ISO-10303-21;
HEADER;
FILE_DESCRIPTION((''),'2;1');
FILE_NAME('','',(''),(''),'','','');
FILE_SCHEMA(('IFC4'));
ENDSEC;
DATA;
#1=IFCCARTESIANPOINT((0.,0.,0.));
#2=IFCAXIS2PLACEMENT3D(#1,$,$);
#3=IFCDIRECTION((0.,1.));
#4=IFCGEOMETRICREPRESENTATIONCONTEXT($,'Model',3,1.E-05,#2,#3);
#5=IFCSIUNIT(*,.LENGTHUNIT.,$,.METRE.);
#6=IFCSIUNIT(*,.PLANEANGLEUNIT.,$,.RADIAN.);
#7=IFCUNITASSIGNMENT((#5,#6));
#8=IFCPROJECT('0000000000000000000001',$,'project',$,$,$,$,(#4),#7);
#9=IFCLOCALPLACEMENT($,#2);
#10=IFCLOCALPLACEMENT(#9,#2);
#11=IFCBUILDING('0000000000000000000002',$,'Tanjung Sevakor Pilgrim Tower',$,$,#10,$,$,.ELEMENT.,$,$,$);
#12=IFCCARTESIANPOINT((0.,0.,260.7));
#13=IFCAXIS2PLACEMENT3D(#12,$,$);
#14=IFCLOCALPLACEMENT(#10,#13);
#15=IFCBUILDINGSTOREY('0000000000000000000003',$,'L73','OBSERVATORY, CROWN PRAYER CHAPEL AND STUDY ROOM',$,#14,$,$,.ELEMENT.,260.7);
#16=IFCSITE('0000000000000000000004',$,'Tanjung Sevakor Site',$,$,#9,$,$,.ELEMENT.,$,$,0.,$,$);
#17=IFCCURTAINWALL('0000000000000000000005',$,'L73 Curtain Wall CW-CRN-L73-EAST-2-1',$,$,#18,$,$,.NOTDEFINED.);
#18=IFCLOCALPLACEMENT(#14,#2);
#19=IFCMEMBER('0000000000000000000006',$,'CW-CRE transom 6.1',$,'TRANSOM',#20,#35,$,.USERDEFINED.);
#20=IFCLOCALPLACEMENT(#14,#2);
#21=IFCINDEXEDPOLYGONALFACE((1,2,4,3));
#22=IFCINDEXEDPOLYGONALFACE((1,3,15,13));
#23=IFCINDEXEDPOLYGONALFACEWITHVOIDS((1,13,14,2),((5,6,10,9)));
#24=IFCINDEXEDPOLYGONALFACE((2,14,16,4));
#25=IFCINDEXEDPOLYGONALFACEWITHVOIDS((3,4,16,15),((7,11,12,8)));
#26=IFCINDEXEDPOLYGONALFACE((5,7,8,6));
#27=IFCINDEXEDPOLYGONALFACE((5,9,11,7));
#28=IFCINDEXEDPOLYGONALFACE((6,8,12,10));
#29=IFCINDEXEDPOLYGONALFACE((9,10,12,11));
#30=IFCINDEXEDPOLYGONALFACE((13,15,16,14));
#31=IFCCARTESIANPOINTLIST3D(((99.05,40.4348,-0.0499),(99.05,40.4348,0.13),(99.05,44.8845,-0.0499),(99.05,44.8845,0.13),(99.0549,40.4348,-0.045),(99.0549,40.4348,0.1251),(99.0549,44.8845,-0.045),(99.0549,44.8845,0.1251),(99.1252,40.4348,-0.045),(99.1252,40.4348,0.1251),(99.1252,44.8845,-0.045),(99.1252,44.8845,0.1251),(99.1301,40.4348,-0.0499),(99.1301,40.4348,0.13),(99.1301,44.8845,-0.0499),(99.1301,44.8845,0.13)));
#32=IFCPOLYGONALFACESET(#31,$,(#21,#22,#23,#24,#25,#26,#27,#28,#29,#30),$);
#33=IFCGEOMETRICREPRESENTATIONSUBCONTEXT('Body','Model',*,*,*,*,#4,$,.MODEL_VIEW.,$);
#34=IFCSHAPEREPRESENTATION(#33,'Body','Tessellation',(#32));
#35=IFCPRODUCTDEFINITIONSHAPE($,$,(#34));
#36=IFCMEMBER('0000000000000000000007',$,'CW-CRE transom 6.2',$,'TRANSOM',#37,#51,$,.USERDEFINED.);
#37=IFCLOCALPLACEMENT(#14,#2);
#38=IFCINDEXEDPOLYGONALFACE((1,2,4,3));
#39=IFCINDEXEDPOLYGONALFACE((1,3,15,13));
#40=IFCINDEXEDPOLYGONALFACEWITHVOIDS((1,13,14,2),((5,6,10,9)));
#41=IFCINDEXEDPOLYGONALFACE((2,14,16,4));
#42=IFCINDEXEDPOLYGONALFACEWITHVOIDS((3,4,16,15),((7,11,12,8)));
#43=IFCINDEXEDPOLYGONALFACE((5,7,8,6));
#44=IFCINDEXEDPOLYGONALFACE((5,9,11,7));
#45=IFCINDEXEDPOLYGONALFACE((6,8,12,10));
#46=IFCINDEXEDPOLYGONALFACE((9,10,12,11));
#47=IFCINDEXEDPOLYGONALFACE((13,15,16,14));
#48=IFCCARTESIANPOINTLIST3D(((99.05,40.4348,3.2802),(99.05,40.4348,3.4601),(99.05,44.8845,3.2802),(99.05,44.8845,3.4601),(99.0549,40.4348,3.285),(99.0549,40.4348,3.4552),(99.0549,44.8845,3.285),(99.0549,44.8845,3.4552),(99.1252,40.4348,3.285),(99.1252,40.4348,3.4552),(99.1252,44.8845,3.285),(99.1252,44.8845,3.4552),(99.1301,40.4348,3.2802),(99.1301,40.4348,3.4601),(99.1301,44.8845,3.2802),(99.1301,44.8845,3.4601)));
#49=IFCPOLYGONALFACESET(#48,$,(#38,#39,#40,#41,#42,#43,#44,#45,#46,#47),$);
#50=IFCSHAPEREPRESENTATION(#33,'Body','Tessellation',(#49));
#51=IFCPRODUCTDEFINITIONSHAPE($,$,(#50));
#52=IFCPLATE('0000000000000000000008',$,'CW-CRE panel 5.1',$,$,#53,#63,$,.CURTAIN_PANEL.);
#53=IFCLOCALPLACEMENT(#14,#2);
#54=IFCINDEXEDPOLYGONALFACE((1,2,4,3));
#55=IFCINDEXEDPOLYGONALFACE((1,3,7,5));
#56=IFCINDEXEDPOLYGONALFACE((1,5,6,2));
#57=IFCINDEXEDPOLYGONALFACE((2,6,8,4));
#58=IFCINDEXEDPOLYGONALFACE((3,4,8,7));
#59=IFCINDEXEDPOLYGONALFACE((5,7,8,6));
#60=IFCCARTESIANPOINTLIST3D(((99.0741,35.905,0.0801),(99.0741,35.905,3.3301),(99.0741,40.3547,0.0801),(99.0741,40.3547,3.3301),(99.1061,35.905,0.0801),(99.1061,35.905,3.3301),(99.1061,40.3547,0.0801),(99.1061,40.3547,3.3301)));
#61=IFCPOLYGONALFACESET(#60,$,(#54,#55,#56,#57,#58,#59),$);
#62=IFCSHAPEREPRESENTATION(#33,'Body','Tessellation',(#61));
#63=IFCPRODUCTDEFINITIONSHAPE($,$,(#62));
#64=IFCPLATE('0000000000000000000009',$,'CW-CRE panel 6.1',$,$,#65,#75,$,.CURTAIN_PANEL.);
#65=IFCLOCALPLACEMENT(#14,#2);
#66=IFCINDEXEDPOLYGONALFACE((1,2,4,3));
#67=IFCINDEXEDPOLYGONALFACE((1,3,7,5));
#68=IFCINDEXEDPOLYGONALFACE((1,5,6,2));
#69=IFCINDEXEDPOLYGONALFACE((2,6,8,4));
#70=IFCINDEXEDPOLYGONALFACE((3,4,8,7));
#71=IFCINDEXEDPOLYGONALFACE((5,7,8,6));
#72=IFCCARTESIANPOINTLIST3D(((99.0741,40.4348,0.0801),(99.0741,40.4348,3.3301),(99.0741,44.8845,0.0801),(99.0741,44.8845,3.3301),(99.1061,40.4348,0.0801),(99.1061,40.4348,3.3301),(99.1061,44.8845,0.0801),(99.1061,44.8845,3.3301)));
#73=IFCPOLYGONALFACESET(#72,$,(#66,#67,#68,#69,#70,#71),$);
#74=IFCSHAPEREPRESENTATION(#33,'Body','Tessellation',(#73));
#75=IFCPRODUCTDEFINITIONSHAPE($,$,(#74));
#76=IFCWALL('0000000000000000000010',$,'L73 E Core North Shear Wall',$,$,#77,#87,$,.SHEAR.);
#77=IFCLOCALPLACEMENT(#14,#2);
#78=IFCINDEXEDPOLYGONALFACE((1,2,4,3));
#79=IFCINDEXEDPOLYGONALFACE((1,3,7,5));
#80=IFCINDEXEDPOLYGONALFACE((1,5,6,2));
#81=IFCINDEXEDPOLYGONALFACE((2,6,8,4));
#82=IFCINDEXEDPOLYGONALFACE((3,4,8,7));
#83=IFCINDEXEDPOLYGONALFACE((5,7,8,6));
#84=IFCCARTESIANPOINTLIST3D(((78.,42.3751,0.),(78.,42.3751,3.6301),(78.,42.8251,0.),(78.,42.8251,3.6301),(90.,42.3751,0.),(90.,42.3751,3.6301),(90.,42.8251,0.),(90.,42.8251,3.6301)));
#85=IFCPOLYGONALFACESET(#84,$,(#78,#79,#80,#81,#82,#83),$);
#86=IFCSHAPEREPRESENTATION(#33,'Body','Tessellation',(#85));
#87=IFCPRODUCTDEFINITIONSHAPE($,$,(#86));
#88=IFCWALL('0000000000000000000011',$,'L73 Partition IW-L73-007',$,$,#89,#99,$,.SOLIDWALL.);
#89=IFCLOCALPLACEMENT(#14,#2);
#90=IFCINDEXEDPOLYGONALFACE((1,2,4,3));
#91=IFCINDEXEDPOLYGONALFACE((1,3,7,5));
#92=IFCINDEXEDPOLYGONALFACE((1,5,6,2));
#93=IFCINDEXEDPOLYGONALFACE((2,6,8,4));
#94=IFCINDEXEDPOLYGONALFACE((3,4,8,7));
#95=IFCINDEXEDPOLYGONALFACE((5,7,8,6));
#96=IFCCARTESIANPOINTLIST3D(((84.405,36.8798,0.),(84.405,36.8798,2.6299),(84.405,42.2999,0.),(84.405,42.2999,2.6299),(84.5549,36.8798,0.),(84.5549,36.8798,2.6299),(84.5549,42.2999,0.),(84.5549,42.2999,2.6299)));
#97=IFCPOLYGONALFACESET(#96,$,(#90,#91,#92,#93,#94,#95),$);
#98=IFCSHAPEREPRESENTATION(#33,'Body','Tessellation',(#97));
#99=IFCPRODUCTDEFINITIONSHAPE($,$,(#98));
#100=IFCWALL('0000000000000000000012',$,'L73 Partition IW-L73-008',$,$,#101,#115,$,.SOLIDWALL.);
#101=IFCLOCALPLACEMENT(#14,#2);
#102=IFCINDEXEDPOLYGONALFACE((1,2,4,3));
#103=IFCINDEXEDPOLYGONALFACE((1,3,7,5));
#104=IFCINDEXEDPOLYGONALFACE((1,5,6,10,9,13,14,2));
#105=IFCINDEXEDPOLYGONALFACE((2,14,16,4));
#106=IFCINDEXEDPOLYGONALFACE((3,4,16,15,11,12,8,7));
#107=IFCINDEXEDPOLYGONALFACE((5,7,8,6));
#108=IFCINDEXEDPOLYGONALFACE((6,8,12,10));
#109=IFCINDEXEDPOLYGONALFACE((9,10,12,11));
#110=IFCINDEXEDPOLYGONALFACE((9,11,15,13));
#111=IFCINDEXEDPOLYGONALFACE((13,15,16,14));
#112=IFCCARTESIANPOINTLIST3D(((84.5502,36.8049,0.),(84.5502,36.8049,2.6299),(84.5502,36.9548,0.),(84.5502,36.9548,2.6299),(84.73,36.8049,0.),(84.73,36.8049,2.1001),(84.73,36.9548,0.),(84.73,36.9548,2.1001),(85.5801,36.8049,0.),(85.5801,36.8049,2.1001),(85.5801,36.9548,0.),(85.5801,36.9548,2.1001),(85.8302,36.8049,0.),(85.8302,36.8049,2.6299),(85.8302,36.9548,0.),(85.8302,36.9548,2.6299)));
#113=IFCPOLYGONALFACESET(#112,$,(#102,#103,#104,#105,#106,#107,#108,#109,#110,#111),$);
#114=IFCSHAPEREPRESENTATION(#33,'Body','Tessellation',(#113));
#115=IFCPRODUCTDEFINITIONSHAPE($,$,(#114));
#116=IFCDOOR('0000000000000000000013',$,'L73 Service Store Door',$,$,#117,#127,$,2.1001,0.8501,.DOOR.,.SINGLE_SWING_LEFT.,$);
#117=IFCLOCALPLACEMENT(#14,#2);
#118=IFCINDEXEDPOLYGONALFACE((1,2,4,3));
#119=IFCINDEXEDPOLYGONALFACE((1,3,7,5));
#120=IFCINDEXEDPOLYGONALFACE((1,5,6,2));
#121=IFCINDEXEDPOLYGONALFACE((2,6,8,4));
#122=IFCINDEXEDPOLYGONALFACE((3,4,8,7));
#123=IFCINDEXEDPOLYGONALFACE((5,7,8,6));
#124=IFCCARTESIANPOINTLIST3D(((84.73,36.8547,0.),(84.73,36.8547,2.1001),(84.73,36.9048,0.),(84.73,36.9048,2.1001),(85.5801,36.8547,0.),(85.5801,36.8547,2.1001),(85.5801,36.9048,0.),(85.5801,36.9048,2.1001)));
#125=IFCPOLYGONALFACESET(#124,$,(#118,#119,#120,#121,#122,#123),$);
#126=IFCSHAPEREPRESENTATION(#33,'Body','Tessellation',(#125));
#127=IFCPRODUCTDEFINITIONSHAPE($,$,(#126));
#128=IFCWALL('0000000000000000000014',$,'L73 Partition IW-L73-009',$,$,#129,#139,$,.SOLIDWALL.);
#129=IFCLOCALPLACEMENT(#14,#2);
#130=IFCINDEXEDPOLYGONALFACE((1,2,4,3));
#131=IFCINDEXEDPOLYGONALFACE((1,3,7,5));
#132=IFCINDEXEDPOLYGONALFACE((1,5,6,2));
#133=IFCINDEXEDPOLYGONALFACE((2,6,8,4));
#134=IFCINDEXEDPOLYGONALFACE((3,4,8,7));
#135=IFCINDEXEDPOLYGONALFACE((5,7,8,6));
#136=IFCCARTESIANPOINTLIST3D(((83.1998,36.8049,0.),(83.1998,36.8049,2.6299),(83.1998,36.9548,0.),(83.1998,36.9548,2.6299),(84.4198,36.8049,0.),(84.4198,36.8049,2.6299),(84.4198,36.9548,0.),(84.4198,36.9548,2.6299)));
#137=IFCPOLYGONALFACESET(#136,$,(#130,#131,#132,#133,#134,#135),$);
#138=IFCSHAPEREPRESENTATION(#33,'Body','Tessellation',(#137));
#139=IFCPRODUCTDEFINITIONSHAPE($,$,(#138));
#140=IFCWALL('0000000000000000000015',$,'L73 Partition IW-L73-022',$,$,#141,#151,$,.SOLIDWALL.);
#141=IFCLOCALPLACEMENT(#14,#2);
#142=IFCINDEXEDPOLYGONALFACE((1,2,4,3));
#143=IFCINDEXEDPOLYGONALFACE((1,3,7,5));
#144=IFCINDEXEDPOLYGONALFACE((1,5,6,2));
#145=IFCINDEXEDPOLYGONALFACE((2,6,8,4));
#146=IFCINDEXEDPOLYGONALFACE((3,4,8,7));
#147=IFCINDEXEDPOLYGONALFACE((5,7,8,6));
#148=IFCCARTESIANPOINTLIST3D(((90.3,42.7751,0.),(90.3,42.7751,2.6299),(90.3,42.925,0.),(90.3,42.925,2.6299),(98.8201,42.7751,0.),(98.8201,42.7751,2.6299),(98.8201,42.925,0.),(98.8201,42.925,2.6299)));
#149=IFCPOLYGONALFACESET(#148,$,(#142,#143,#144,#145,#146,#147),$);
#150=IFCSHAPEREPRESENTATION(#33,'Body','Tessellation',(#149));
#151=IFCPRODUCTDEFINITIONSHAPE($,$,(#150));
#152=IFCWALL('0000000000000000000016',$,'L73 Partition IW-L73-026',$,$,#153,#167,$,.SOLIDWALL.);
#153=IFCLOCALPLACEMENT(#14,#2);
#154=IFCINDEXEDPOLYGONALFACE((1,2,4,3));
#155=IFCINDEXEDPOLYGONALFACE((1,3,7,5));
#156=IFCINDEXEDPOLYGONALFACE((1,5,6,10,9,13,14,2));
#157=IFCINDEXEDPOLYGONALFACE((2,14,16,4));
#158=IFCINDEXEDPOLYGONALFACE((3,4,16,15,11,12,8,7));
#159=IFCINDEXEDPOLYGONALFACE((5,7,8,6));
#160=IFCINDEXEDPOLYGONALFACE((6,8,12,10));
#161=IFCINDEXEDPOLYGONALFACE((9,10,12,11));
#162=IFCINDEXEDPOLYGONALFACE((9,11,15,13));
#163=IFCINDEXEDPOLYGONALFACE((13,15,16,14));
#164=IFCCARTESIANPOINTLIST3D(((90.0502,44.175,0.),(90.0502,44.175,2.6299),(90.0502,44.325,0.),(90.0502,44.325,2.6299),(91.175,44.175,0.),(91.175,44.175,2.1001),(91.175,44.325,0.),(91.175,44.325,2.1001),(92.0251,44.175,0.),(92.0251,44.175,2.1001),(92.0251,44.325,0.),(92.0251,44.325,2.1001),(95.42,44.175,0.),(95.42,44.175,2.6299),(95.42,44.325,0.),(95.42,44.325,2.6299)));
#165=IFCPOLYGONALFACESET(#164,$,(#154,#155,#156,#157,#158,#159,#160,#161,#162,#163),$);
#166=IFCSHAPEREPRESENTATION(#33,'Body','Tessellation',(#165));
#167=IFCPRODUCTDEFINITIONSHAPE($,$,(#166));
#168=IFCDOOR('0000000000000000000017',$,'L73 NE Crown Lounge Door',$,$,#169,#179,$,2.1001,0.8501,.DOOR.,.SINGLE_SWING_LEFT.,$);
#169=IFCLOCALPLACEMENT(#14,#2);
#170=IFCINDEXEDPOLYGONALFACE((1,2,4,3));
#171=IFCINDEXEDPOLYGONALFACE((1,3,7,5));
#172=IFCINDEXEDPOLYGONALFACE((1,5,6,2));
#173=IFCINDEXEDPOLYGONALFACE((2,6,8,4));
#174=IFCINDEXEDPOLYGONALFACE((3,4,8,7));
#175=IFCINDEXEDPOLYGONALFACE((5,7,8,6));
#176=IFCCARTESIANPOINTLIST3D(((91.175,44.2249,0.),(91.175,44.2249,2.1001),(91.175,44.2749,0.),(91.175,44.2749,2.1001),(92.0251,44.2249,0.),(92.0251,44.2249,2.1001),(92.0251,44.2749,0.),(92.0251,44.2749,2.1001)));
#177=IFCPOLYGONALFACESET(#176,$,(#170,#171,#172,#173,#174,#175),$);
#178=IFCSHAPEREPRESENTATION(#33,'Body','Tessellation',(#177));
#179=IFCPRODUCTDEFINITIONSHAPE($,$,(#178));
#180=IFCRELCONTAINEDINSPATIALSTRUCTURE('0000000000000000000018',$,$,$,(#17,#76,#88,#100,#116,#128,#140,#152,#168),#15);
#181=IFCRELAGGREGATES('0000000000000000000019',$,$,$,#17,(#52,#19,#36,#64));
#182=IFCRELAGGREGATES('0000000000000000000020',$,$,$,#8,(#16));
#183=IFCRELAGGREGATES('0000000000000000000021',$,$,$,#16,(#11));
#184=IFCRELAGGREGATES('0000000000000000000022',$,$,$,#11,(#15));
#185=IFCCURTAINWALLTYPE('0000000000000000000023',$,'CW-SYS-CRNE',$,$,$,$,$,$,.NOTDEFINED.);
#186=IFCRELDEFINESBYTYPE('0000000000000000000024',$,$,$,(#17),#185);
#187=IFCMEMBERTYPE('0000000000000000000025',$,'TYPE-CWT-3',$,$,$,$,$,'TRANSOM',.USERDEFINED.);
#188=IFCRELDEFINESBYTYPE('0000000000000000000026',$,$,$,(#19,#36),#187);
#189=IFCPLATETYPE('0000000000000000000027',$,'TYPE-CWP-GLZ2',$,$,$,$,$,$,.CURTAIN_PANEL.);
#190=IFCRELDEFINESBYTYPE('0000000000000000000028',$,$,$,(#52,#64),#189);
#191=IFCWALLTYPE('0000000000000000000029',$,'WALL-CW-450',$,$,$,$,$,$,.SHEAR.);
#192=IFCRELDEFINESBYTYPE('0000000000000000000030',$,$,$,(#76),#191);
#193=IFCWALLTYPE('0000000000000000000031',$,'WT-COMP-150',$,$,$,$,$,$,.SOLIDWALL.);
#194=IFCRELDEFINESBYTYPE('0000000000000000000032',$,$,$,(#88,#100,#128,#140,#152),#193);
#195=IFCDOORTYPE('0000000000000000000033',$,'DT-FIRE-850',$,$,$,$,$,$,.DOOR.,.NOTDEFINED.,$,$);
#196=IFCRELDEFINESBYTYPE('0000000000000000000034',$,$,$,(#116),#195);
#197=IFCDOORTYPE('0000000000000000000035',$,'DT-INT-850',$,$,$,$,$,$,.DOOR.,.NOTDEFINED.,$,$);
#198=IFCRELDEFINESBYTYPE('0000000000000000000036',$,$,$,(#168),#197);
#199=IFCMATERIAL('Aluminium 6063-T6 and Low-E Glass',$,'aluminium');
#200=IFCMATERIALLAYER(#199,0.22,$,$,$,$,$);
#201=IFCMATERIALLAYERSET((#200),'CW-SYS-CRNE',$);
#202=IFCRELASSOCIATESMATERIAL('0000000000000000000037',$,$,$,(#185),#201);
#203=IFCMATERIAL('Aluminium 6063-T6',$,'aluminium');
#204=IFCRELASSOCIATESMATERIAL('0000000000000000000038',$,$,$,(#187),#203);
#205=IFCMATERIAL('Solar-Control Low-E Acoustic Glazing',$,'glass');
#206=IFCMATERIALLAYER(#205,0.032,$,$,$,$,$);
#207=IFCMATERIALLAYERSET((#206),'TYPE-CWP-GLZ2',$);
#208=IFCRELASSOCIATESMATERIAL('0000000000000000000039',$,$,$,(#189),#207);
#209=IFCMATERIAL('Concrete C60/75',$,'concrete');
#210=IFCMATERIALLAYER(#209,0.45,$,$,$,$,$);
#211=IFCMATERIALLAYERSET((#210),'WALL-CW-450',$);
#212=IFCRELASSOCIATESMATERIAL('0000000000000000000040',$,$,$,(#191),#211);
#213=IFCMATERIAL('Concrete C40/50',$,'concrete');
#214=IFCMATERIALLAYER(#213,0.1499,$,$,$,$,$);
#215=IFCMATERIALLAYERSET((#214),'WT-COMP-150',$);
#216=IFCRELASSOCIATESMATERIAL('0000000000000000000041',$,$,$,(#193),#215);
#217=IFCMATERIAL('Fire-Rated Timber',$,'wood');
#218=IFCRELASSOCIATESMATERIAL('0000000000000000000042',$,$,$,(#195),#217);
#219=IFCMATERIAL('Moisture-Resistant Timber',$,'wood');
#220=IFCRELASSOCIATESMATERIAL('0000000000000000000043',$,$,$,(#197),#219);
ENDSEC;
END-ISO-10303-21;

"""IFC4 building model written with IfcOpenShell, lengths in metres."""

from ifc_helpers import new_model, si_unit, direction, frame, frame_2d, origin, origin_2d, place, context, subcontext, project, spatial, rectangle, hollow_rectangle, extrude, material, layer, layer_set, material_profile, profile_set, type_object, element, fill, aggregate, save


model = new_model("IFC4")

# Units and contexts
model_context = context("Model", 3, precision=1e-05, world=origin(), true_north=direction((0.0, 1.0)))
body_context = subcontext(model_context, "Body", "Model", "MODEL_VIEW")
ifc_project = project(units=[si_unit("LENGTHUNIT", "METRE"), si_unit("PLANEANGLEUNIT", "RADIAN")], contexts=[model_context])

# Site, building, storey
site_placement = place(None, origin())
site = spatial("IfcSite", under=ifc_project, at=site_placement, Name="Tanjung Sevakor Site", CompositionType="ELEMENT", RefElevation=0.0)
building_placement = place(site_placement, origin())
building = spatial("IfcBuilding", under=site, at=building_placement, Name="Tanjung Sevakor Pilgrim Tower", CompositionType="ELEMENT")
storey_placement = place(building_placement, frame((0.0, 0.0, 260.7)))
storey = spatial("IfcBuildingStorey", under=building, at=storey_placement, Name="L73", Description="OBSERVATORY, CROWN PRAYER CHAPEL AND STUDY ROOM", CompositionType="ELEMENT", Elevation=260.7)

# Curtain wall, members, plates
ifc_material_1 = material(Name="Aluminium 6063-T6 and Low-E Glass", Category="aluminium")
ifc_layer_1 = layer(ifc_material_1, 0.22)
ifc_layer_set_1 = layer_set([ifc_layer_1], Name="CW-SYS-CRNE")
curtain_wall_type = type_object("IfcCurtainWallType", Name="CW-SYS-CRNE", PredefinedType="NOTDEFINED", material=ifc_layer_set_1)
curtain_wall_placement = place(storey_placement, origin())
curtain_wall = element("IfcCurtainWall", 1, at=curtain_wall_placement, inside=storey, type_object=curtain_wall_type, Name="L73 Curtain Wall CW-CRN-L73-EAST-2-1", PredefinedType="NOTDEFINED")
ifc_material_2 = material(Name="Aluminium 6063-T6", Category="aluminium")
ifc_material_profile_1 = material_profile(ifc_material_2, hollow_rectangle(XDim=0.0801, YDim=0.1799, WallThickness=0.0049, at=origin_2d()))
ifc_profile_set_1 = profile_set([ifc_material_profile_1], Name="Aluminium 6063-T6")
member_type_1 = type_object("IfcMemberType", Name="TYPE-CWT-3", ElementType="TRANSOM", PredefinedType="USERDEFINED", material=ifc_profile_set_1)
member_1_placement = place(storey_placement, frame((99.0901, 40.4348, 0.04), z_axis=(0.0, 1.0, 0.0), x_axis=(-1.0, 0.0, 0.0)))
member_1 = element("IfcMember", 2, at=member_1_placement, type_object=member_type_1, Name="CW-CRE transom 6.1", ObjectType="TRANSOM", PredefinedType="USERDEFINED", context=body_context, shape_type="SweptSolid", body=[
    extrude(hollow_rectangle(XDim=0.0801, YDim=0.1799, WallThickness=0.0049, at=origin_2d()), origin(), (0.0, 0.0, 1.0), 4.4497),
])
member_2_placement = place(storey_placement, frame((99.0901, 40.4348, 3.3701), z_axis=(0.0, 1.0, 0.0), x_axis=(-1.0, 0.0, 0.0)))
member_2 = element("IfcMember", 3, at=member_2_placement, type_object=member_type_1, Name="CW-CRE transom 6.2", ObjectType="TRANSOM", PredefinedType="USERDEFINED", context=body_context, shape_type="SweptSolid", body=[
    extrude(hollow_rectangle(XDim=0.0801, YDim=0.1799, WallThickness=0.0049, at=origin_2d()), origin(), (0.0, 0.0, 1.0), 4.4497),
])
ifc_material_3 = material(Name="Solar-Control Low-E Acoustic Glazing", Category="glass")
ifc_layer_2 = layer(ifc_material_3, 0.032)
ifc_layer_set_2 = layer_set([ifc_layer_2], Name="TYPE-CWP-GLZ2")
plate_type = type_object("IfcPlateType", Name="TYPE-CWP-GLZ2", PredefinedType="CURTAIN_PANEL", material=ifc_layer_set_2)
plate_1_placement = place(storey_placement, frame((99.0901, 38.1299, 0.0801), z_axis=(0.0, 0.0, 1.0), x_axis=(0.0, 1.0, 0.0)))
plate_1 = element("IfcPlate", 4, at=plate_1_placement, type_object=plate_type, Name="CW-CRE panel 5.1", PredefinedType="CURTAIN_PANEL", context=body_context, shape_type="SweptSolid", body=[
    extrude(rectangle(XDim=4.4497, YDim=0.032, at=origin_2d()), origin(), (0.0, 0.0, 1.0), 3.25),
])
plate_2_placement = place(storey_placement, frame((99.0901, 42.6597, 0.0801), z_axis=(0.0, 0.0, 1.0), x_axis=(0.0, 1.0, 0.0)))
plate_2 = element("IfcPlate", 5, at=plate_2_placement, type_object=plate_type, Name="CW-CRE panel 6.1", PredefinedType="CURTAIN_PANEL", context=body_context, shape_type="SweptSolid", body=[
    extrude(rectangle(XDim=4.4497, YDim=0.032, at=origin_2d()), origin(), (0.0, 0.0, 1.0), 3.25),
])
aggregate(curtain_wall, [plate_1, member_1, member_2, plate_2])

# Walls
ifc_material_4 = material(Name="Concrete C60/75", Category="concrete")
ifc_layer_3 = layer(ifc_material_4, 0.45)
ifc_layer_set_3 = layer_set([ifc_layer_3], Name="WALL-CW-450")
wall_type_1 = type_object("IfcWallType", Name="WALL-CW-450", PredefinedType="SHEAR", material=ifc_layer_set_3)
wall_1_placement = place(storey_placement, frame((90.0, 42.6001, 0.0), z_axis=(0.0, 0.0, 1.0), x_axis=(-1.0, 0.0, 0.0)))
element("IfcWall", 6, at=wall_1_placement, inside=storey, type_object=wall_type_1, Name="L73 E Core North Shear Wall", PredefinedType="SHEAR", context=body_context, shape_type="SweptSolid", body=[
    extrude(rectangle(XDim=12.0, YDim=0.45, at=frame_2d((6.0, 0.0))), origin(), (0.0, 0.0, 1.0), 3.6301),
])
ifc_material_5 = material(Name="Concrete C40/50", Category="concrete")
ifc_layer_4 = layer(ifc_material_5, 0.1499)
ifc_layer_set_4 = layer_set([ifc_layer_4], Name="WT-COMP-150")
wall_type_2 = type_object("IfcWallType", Name="WT-COMP-150", PredefinedType="SOLIDWALL", material=ifc_layer_set_4)
wall_2_placement = place(storey_placement, frame((84.48, 36.8799, 0.0), z_axis=(0.0, 0.0, 1.0), x_axis=(0.0, 1.0, 0.0)))
element("IfcWall", 7, at=wall_2_placement, inside=storey, type_object=wall_type_2, Name="L73 Partition IW-L73-007", PredefinedType="SOLIDWALL", context=body_context, shape_type="SweptSolid", body=[
    extrude(rectangle(XDim=5.4202, YDim=0.1499, at=frame_2d((2.71, 0.0))), origin(), (0.0, 0.0, 1.0), 2.6299),
])

# Wall, opening, door
wall_3_placement = place(storey_placement, frame((84.55, 36.8799, 0.0), z_axis=(0.0, 0.0, 1.0), x_axis=(1.0, 0.0, 0.0)))
wall_3 = element("IfcWall", 8, at=wall_3_placement, inside=storey, type_object=wall_type_2, Name="L73 Partition IW-L73-008", PredefinedType="SOLIDWALL", context=body_context, shape_type="SweptSolid", body=[
    extrude(rectangle(XDim=1.28, YDim=0.1499, at=frame_2d((0.6401, 0.0))), origin(), (0.0, 0.0, 1.0), 2.6299),
])
opening_1_placement = place(wall_3_placement, frame((0.1799, 0.0, 0.0)))
opening_1 = element("IfcOpeningElement", 9, at=opening_1_placement, cuts=wall_3, PredefinedType="OPENING", context=body_context, shape_type="SweptSolid", body=[
    extrude(rectangle(XDim=0.8501, YDim=2.1001, at=frame_2d((0.425, 1.05))), frame((0.0, 0.085, 0.0), z_axis=(0.0, -1.0, 0.0), x_axis=(1.0, 0.0, 0.0)), (0.0, 0.0, 1.0), 0.1699),
])
ifc_material_6 = material(Name="Fire-Rated Timber", Category="wood")
door_type_1 = type_object("IfcDoorType", Name="DT-FIRE-850", OperationType="NOTDEFINED", PredefinedType="DOOR", material=ifc_material_6)
door_1_placement = place(opening_1_placement, origin())
door_1 = element("IfcDoor", 10, at=door_1_placement, inside=storey, type_object=door_type_1, Name="L73 Service Store Door", OperationType="SINGLE_SWING_LEFT", OverallHeight=2.1001, OverallWidth=0.8501, PredefinedType="DOOR", context=body_context, shape_type="SweptSolid", body=[
    extrude(rectangle(XDim=0.8501, YDim=2.1001, at=frame_2d((0.425, 1.05))), frame((0.0, 0.0249, 0.0), z_axis=(0.0, -1.0, 0.0), x_axis=(1.0, 0.0, 0.0)), (0.0, 0.0, 1.0), 0.05),
])
fill(opening_1, door_1)

# Walls
wall_4_placement = place(storey_placement, frame((83.2, 36.8799, 0.0), z_axis=(0.0, 0.0, 1.0), x_axis=(1.0, 0.0, 0.0)))
element("IfcWall", 11, at=wall_4_placement, inside=storey, type_object=wall_type_2, Name="L73 Partition IW-L73-009", PredefinedType="SOLIDWALL", context=body_context, shape_type="SweptSolid", body=[
    extrude(rectangle(XDim=1.22, YDim=0.1499, at=frame_2d((0.6099, 0.0))), origin(), (0.0, 0.0, 1.0), 2.6299),
])
wall_5_placement = place(storey_placement, frame((90.3, 42.8501, 0.0), z_axis=(0.0, 0.0, 1.0), x_axis=(1.0, 0.0, 0.0)))
element("IfcWall", 12, at=wall_5_placement, inside=storey, type_object=wall_type_2, Name="L73 Partition IW-L73-022", PredefinedType="SOLIDWALL", context=body_context, shape_type="SweptSolid", body=[
    extrude(rectangle(XDim=8.52, YDim=0.1499, at=frame_2d((4.26, 0.0))), origin(), (0.0, 0.0, 1.0), 2.6299),
])

# Wall, opening, door
wall_6_placement = place(storey_placement, frame((90.05, 44.25, 0.0), z_axis=(0.0, 0.0, 1.0), x_axis=(1.0, 0.0, 0.0)))
wall_6 = element("IfcWall", 13, at=wall_6_placement, inside=storey, type_object=wall_type_2, Name="L73 Partition IW-L73-026", PredefinedType="SOLIDWALL", context=body_context, shape_type="SweptSolid", body=[
    extrude(rectangle(XDim=5.3699, YDim=0.1499, at=frame_2d((2.6851, 0.0))), origin(), (0.0, 0.0, 1.0), 2.6299),
])
opening_2_placement = place(wall_6_placement, frame((1.125, 0.0, 0.0)))
opening_2 = element("IfcOpeningElement", 14, at=opening_2_placement, cuts=wall_6, PredefinedType="OPENING", context=body_context, shape_type="SweptSolid", body=[
    extrude(rectangle(XDim=0.8501, YDim=2.1001, at=frame_2d((0.425, 1.05))), frame((0.0, 0.085, 0.0), z_axis=(0.0, -1.0, 0.0), x_axis=(1.0, 0.0, 0.0)), (0.0, 0.0, 1.0), 0.1699),
])
ifc_material_7 = material(Name="Moisture-Resistant Timber", Category="wood")
door_type_2 = type_object("IfcDoorType", Name="DT-INT-850", OperationType="NOTDEFINED", PredefinedType="DOOR", material=ifc_material_7)
door_2_placement = place(opening_2_placement, origin())
door_2 = element("IfcDoor", 15, at=door_2_placement, inside=storey, type_object=door_type_2, Name="L73 NE Crown Lounge Door", OperationType="SINGLE_SWING_LEFT", OverallHeight=2.1001, OverallWidth=0.8501, PredefinedType="DOOR", context=body_context, shape_type="SweptSolid", body=[
    extrude(rectangle(XDim=0.8501, YDim=2.1001, at=frame_2d((0.425, 1.05))), frame((0.0, 0.0249, 0.0), z_axis=(0.0, -1.0, 0.0), x_axis=(1.0, 0.0, 0.0)), (0.0, 0.0, 1.0), 0.05),
])
fill(opening_2, door_2)

save(model, "model.ifc")
